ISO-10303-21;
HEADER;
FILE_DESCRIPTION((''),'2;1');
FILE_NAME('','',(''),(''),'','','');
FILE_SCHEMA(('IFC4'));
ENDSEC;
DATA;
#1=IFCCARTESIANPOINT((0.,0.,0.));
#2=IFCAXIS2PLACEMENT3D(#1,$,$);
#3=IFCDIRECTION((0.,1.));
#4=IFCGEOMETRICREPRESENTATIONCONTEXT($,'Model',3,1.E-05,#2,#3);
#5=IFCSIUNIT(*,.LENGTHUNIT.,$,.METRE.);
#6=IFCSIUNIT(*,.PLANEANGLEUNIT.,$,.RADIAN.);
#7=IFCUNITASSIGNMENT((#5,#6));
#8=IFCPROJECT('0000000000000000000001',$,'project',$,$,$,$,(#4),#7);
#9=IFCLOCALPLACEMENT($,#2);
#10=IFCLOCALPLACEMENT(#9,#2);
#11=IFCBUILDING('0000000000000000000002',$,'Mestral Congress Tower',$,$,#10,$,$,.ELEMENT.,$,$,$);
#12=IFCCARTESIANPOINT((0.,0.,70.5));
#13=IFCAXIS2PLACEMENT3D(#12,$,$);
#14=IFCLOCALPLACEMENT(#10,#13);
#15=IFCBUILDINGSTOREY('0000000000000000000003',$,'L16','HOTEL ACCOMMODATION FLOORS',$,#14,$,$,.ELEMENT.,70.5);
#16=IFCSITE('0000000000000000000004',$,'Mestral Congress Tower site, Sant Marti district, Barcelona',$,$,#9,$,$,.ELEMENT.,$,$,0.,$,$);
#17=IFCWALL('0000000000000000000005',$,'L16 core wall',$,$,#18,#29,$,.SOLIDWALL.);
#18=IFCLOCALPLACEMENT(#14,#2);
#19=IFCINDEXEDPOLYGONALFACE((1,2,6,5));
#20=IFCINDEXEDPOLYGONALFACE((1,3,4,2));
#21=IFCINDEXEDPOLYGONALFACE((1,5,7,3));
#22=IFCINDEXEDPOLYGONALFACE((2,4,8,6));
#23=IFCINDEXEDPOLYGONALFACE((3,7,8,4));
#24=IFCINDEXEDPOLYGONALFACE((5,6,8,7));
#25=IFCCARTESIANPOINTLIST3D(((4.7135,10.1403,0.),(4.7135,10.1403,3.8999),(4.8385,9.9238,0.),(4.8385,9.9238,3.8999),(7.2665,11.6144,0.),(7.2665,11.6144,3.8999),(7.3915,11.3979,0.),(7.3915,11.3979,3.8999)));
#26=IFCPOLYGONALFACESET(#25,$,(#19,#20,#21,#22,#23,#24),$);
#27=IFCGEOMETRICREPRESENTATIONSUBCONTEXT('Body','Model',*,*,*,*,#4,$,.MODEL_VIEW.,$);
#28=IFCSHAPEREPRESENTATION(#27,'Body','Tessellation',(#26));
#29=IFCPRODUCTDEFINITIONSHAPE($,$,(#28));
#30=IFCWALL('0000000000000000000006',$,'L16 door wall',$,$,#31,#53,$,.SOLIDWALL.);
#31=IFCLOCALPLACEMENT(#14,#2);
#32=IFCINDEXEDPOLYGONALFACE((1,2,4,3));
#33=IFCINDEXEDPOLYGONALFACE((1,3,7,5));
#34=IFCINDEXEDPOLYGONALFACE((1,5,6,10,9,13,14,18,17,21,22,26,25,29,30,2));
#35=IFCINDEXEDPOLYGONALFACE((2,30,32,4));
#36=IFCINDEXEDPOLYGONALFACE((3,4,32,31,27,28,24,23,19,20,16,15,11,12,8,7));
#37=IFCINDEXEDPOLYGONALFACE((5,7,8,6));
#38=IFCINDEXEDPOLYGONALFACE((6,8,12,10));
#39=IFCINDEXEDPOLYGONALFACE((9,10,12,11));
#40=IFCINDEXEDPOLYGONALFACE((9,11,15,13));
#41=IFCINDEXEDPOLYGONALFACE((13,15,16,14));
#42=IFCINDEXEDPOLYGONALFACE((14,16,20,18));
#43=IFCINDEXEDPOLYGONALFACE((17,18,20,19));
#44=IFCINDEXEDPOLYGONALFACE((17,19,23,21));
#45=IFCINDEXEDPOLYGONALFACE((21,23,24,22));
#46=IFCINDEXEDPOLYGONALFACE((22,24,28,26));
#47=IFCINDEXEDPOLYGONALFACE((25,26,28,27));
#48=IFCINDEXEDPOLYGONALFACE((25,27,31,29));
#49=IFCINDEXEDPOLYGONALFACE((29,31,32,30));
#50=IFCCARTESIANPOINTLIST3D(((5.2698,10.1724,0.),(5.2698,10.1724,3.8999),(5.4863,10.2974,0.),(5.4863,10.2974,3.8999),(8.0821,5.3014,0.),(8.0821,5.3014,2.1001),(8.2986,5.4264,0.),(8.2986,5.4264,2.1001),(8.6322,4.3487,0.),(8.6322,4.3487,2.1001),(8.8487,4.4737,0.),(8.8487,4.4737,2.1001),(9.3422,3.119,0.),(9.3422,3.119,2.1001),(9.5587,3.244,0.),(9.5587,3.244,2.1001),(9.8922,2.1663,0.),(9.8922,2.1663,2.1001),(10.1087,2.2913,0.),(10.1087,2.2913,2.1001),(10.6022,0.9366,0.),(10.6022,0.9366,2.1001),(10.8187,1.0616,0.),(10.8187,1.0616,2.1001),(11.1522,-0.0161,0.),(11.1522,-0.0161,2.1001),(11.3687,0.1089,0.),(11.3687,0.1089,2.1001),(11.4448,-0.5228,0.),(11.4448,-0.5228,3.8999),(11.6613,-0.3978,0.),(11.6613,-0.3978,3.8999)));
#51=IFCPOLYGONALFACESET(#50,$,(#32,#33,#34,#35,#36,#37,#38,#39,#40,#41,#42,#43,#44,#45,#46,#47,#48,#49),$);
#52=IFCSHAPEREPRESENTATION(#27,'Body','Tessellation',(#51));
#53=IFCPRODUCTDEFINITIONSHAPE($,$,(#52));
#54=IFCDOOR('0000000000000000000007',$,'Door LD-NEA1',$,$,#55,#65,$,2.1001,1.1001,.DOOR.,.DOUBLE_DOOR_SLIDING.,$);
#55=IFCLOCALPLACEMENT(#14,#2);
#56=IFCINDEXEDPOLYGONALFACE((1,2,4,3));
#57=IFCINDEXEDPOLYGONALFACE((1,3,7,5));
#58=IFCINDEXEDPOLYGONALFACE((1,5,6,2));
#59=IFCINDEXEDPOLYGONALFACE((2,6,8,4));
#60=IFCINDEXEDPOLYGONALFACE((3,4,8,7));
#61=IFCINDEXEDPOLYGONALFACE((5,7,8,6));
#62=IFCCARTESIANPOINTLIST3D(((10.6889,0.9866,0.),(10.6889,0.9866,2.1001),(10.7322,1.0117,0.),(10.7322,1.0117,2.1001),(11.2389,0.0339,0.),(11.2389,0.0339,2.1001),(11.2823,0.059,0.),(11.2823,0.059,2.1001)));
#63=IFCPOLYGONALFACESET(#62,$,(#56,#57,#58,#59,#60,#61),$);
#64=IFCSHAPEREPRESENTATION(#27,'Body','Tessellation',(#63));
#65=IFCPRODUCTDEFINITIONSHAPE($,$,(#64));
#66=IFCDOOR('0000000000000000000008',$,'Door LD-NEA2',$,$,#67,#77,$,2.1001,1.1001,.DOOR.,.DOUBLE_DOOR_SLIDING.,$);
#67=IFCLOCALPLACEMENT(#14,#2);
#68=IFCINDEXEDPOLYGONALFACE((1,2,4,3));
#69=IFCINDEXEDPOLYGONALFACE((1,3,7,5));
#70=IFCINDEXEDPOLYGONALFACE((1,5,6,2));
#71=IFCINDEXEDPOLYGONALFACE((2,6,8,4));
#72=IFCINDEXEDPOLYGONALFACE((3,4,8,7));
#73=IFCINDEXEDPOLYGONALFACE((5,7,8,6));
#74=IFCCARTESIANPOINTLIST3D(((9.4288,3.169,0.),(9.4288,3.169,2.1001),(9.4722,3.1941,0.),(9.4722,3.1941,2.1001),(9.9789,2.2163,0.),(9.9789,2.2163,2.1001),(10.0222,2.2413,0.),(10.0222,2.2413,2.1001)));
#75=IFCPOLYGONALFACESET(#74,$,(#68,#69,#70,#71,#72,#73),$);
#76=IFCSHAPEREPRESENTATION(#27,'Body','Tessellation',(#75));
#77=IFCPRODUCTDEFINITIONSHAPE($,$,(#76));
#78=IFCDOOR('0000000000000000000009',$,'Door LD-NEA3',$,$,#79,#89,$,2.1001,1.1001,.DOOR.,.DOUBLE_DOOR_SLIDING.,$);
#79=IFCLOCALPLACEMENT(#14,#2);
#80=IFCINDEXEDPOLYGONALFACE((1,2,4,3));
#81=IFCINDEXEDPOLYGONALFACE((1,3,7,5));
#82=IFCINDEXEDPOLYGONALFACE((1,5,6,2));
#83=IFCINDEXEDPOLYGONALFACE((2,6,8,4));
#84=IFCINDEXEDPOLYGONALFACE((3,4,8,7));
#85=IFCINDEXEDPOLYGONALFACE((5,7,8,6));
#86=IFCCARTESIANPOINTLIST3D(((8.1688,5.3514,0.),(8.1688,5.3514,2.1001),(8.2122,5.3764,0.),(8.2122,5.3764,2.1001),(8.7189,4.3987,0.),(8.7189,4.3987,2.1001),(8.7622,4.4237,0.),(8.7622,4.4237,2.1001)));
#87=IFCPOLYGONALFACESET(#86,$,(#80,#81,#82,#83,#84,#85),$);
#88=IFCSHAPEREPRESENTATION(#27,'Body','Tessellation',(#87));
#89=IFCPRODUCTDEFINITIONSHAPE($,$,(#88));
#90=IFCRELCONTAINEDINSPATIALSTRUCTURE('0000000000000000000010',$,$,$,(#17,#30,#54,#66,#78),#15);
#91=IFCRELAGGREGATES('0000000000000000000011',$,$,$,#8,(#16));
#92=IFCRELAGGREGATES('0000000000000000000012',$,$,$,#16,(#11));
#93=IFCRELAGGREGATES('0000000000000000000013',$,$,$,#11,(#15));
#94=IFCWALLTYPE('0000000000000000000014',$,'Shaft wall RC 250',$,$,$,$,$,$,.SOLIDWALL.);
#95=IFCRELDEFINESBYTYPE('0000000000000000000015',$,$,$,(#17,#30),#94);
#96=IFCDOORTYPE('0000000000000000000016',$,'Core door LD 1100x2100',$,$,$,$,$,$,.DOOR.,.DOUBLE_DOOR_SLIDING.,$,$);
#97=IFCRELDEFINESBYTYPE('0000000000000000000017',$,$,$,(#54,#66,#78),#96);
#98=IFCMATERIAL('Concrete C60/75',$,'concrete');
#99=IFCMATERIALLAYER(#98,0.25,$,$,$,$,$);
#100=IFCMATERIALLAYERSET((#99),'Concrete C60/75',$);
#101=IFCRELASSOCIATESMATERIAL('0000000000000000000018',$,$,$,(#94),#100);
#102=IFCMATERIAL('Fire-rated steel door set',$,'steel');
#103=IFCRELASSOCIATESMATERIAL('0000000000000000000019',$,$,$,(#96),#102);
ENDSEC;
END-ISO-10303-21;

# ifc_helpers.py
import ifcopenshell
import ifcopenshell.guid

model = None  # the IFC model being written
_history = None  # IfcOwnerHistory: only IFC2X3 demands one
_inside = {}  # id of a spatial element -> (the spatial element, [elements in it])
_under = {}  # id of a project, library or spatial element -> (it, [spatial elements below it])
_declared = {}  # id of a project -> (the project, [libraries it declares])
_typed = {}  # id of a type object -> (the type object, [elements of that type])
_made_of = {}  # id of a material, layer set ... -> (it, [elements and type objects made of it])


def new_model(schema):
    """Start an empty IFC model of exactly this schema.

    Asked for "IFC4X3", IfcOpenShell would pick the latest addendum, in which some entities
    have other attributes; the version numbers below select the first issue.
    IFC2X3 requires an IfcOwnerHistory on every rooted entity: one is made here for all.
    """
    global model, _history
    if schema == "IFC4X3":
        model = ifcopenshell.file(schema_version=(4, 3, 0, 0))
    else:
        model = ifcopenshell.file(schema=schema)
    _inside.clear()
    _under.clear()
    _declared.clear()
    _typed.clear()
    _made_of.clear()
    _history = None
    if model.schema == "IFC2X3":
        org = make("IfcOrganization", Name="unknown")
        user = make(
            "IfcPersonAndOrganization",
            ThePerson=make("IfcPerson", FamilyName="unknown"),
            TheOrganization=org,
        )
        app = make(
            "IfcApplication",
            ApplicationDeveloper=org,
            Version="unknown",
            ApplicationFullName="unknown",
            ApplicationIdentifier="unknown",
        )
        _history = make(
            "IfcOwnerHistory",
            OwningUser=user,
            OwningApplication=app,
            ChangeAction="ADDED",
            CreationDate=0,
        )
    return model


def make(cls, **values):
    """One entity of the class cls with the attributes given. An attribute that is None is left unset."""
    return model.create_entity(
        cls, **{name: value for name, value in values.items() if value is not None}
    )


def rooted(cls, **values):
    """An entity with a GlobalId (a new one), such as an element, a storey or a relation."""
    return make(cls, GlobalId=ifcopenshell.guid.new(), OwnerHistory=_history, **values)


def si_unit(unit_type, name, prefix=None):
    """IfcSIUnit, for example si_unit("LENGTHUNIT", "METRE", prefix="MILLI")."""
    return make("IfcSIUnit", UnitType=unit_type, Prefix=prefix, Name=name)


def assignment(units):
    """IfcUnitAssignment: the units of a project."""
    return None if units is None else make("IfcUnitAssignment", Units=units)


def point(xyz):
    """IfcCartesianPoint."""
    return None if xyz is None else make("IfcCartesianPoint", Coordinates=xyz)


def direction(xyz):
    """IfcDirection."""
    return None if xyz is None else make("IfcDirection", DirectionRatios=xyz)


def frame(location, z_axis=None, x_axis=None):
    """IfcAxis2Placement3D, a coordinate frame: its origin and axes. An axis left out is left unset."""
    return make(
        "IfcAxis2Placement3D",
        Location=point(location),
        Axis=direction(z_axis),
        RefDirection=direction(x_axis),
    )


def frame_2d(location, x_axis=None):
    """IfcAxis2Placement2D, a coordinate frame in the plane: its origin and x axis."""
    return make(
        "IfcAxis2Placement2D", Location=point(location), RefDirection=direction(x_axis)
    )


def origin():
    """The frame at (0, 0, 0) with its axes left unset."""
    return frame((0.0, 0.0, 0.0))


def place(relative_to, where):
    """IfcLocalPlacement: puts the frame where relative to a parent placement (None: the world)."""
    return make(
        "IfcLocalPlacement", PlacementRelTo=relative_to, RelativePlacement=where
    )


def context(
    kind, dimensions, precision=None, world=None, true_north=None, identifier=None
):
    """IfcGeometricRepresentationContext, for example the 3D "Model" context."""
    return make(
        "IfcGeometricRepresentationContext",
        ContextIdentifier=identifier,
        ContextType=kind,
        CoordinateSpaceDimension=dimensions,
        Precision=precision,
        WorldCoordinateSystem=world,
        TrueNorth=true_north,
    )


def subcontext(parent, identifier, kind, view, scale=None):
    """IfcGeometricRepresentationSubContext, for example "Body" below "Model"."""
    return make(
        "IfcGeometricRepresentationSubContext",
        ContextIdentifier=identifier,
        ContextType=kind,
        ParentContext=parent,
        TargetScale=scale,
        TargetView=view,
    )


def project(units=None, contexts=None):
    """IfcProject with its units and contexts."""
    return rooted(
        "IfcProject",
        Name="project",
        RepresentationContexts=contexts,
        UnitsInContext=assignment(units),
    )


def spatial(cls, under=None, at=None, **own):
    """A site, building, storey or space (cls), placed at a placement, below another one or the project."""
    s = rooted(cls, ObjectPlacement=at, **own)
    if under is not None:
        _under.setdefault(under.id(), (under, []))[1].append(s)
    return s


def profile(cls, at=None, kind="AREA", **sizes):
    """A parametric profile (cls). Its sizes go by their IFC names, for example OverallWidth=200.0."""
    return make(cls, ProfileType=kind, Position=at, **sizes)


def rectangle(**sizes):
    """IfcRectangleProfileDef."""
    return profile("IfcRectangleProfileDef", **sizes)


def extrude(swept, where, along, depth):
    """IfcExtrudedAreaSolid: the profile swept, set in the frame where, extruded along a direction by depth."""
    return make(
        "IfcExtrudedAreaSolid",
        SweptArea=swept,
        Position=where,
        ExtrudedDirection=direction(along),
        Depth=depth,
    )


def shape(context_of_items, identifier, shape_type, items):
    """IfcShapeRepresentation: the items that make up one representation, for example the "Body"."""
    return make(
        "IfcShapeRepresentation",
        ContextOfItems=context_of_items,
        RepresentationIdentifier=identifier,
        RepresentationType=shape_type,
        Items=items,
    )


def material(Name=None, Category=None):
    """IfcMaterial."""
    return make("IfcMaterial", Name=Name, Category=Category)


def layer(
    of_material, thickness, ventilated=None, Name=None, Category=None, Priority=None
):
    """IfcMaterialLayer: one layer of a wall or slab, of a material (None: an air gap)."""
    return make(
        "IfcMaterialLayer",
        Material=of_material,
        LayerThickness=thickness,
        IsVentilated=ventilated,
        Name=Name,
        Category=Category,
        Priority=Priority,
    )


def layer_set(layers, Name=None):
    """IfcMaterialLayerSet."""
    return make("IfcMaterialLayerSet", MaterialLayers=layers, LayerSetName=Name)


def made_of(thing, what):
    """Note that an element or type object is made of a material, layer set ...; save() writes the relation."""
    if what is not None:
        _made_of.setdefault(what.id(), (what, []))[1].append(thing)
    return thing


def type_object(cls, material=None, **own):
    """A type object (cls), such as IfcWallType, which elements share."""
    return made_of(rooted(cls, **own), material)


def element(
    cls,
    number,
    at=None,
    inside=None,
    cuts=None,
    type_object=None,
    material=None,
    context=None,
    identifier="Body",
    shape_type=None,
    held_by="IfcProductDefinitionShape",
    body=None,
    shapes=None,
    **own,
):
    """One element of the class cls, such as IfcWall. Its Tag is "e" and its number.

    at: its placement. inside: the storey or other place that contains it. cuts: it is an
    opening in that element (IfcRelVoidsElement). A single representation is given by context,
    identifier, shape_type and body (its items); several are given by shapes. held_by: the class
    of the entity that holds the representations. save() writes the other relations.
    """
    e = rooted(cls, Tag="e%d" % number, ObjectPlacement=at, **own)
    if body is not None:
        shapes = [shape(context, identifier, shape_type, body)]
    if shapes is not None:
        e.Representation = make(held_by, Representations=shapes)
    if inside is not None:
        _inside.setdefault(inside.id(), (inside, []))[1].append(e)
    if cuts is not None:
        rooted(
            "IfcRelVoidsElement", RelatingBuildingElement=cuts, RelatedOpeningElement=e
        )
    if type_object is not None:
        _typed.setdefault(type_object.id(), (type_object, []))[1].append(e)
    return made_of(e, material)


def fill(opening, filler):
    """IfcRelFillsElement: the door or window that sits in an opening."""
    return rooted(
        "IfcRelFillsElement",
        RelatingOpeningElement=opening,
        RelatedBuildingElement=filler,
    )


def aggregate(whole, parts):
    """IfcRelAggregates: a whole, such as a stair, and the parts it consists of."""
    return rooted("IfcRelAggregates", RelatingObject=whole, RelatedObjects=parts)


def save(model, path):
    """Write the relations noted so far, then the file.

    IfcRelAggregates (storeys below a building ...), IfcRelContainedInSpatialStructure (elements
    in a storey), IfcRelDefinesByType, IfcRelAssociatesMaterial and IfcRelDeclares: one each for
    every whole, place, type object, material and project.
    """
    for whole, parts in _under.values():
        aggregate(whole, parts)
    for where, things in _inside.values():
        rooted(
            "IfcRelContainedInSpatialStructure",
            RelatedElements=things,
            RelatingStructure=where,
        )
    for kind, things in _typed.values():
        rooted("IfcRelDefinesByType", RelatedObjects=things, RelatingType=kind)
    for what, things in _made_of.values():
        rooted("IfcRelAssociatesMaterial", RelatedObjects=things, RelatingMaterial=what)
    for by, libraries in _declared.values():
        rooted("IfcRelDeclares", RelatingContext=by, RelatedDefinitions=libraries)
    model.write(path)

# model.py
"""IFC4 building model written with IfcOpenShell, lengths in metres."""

from ifc_helpers import new_model, si_unit, direction, frame, frame_2d, origin, place, context, subcontext, project, spatial, rectangle, extrude, material, layer, layer_set, type_object, element, fill, save


model = new_model("IFC4")

# Units and contexts
model_context = context("Model", 3, precision=1e-05, world=origin(), true_north=direction((0.0, 1.0)))
body_context = subcontext(model_context, "Body", "Model", "MODEL_VIEW")
ifc_project = project(units=[si_unit("LENGTHUNIT", "METRE"), si_unit("PLANEANGLEUNIT", "RADIAN")], contexts=[model_context])

# Site, building, storey
site_placement = place(None, origin())
site = spatial("IfcSite", under=ifc_project, at=site_placement, Name="Mestral Congress Tower site, Sant Marti district, Barcelona", CompositionType="ELEMENT", RefElevation=0.0)
building_placement = place(site_placement, origin())
building = spatial("IfcBuilding", under=site, at=building_placement, Name="Mestral Congress Tower", CompositionType="ELEMENT")
storey_placement = place(building_placement, frame((0.0, 0.0, 70.5)))
storey = spatial("IfcBuildingStorey", under=building, at=storey_placement, Name="L16", Description="HOTEL ACCOMMODATION FLOORS", CompositionType="ELEMENT", Elevation=70.5)

# Shared definitions
ifc_material_1 = material(Name="Fire-rated steel door set", Category="steel")

# Wall
ifc_material_2 = material(Name="Concrete C60/75", Category="concrete")
ifc_layer_1 = layer(ifc_material_2, 0.25)
ifc_layer_set_1 = layer_set([ifc_layer_1], Name="Concrete C60/75")
wall_type_1 = type_object("IfcWallType", Name="Shaft wall RC 250", PredefinedType="SOLIDWALL", material=ifc_layer_set_1)
wall_1_placement = place(storey_placement, frame((4.7759, 10.032, 0.0), z_axis=(0.0, 0.0, 1.0), x_axis=(0.866002, 0.50004, 0.0)))
element("IfcWall", 1, at=wall_1_placement, inside=storey, type_object=wall_type_1, Name="L16 core wall", PredefinedType="SOLIDWALL", context=body_context, shape_type="SweptSolid", body=[
    extrude(rectangle(XDim=2.948, YDim=0.25, at=frame_2d((1.4741, 0.0))), origin(), (0.0, 0.0, 1.0), 3.8999),
])

# Wall, openings, doors
wall_2_placement = place(storey_placement, frame((11.553, -0.4602, 0.0), z_axis=(0.0, 0.0, 1.0), x_axis=(-0.500007, 0.866022, 0.0)))
wall_2 = element("IfcWall", 2, at=wall_2_placement, inside=storey, type_object=wall_type_1, Name="L16 door wall", PredefinedType="SOLIDWALL", context=body_context, shape_type="SweptSolid", body=[
    extrude(rectangle(XDim=12.3499, YDim=0.25, at=frame_2d((6.1748, 0.0))), origin(), (0.0, 0.0, 1.0), 3.8999),
])
opening_1_placement = place(wall_2_placement, frame((0.585, 0.0, 0.0)))
opening_1 = element("IfcOpeningElement", 3, at=opening_1_placement, cuts=wall_2, PredefinedType="OPENING", context=body_context, shape_type="SweptSolid", body=[
    extrude(rectangle(XDim=1.1001, YDim=2.1001, at=frame_2d((0.55, 1.05))), frame((0.0, 0.135, 0.0), z_axis=(0.0, -1.0, 0.0), x_axis=(1.0, 0.0, 0.0)), (0.0, 0.0, 1.0), 0.27),
])
opening_2_placement = place(wall_2_placement, frame((3.105, 0.0, 0.0)))
opening_2 = element("IfcOpeningElement", 4, at=opening_2_placement, cuts=wall_2, PredefinedType="OPENING", context=body_context, shape_type="SweptSolid", body=[
    extrude(rectangle(XDim=1.1001, YDim=2.1001, at=frame_2d((0.55, 1.05))), frame((0.0, 0.135, 0.0), z_axis=(0.0, -1.0, 0.0), x_axis=(1.0, 0.0, 0.0)), (0.0, 0.0, 1.0), 0.27),
])
opening_3_placement = place(wall_2_placement, frame((5.625, 0.0, 0.0)))
opening_3 = element("IfcOpeningElement", 5, at=opening_3_placement, cuts=wall_2, PredefinedType="OPENING", context=body_context, shape_type="SweptSolid", body=[
    extrude(rectangle(XDim=1.1001, YDim=2.1001, at=frame_2d((0.55, 1.05))), frame((0.0, 0.135, 0.0), z_axis=(0.0, -1.0, 0.0), x_axis=(1.0, 0.0, 0.0)), (0.0, 0.0, 1.0), 0.27),
])
door_type_1 = type_object("IfcDoorType", Name="Core door LD 1100x2100", OperationType="DOUBLE_DOOR_SLIDING", PredefinedType="DOOR", material=ifc_material_1)
door_1_placement = place(opening_1_placement, origin())
door_1 = element("IfcDoor", 6, at=door_1_placement, inside=storey, type_object=door_type_1, Name="Door LD-NEA1", OperationType="DOUBLE_DOOR_SLIDING", OverallHeight=2.1001, OverallWidth=1.1001, PredefinedType="DOOR", context=body_context, shape_type="SweptSolid", body=[
    extrude(rectangle(XDim=1.1001, YDim=2.1001, at=frame_2d((0.55, 1.05))), frame((0.0, 0.0249, 0.0), z_axis=(0.0, -1.0, 0.0), x_axis=(1.0, 0.0, 0.0)), (0.0, 0.0, 1.0), 0.05),
])
fill(opening_1, door_1)
door_2_placement = place(opening_2_placement, origin())
door_2 = element("IfcDoor", 7, at=door_2_placement, inside=storey, type_object=door_type_1, Name="Door LD-NEA2", OperationType="DOUBLE_DOOR_SLIDING", OverallHeight=2.1001, OverallWidth=1.1001, PredefinedType="DOOR", context=body_context, shape_type="SweptSolid", body=[
    extrude(rectangle(XDim=1.1001, YDim=2.1001, at=frame_2d((0.55, 1.05))), frame((0.0, 0.0249, 0.0), z_axis=(0.0, -1.0, 0.0), x_axis=(1.0, 0.0, 0.0)), (0.0, 0.0, 1.0), 0.05),
])
fill(opening_2, door_2)
door_3_placement = place(opening_3_placement, origin())
door_3 = element("IfcDoor", 8, at=door_3_placement, inside=storey, type_object=door_type_1, Name="Door LD-NEA3", OperationType="DOUBLE_DOOR_SLIDING", OverallHeight=2.1001, OverallWidth=1.1001, PredefinedType="DOOR", context=body_context, shape_type="SweptSolid", body=[
    extrude(rectangle(XDim=1.1001, YDim=2.1001, at=frame_2d((0.55, 1.05))), frame((0.0, 0.0249, 0.0), z_axis=(0.0, -1.0, 0.0), x_axis=(1.0, 0.0, 0.0)), (0.0, 0.0, 1.0), 0.05),
])
fill(opening_3, door_3)

save(model, "model.ifc")
